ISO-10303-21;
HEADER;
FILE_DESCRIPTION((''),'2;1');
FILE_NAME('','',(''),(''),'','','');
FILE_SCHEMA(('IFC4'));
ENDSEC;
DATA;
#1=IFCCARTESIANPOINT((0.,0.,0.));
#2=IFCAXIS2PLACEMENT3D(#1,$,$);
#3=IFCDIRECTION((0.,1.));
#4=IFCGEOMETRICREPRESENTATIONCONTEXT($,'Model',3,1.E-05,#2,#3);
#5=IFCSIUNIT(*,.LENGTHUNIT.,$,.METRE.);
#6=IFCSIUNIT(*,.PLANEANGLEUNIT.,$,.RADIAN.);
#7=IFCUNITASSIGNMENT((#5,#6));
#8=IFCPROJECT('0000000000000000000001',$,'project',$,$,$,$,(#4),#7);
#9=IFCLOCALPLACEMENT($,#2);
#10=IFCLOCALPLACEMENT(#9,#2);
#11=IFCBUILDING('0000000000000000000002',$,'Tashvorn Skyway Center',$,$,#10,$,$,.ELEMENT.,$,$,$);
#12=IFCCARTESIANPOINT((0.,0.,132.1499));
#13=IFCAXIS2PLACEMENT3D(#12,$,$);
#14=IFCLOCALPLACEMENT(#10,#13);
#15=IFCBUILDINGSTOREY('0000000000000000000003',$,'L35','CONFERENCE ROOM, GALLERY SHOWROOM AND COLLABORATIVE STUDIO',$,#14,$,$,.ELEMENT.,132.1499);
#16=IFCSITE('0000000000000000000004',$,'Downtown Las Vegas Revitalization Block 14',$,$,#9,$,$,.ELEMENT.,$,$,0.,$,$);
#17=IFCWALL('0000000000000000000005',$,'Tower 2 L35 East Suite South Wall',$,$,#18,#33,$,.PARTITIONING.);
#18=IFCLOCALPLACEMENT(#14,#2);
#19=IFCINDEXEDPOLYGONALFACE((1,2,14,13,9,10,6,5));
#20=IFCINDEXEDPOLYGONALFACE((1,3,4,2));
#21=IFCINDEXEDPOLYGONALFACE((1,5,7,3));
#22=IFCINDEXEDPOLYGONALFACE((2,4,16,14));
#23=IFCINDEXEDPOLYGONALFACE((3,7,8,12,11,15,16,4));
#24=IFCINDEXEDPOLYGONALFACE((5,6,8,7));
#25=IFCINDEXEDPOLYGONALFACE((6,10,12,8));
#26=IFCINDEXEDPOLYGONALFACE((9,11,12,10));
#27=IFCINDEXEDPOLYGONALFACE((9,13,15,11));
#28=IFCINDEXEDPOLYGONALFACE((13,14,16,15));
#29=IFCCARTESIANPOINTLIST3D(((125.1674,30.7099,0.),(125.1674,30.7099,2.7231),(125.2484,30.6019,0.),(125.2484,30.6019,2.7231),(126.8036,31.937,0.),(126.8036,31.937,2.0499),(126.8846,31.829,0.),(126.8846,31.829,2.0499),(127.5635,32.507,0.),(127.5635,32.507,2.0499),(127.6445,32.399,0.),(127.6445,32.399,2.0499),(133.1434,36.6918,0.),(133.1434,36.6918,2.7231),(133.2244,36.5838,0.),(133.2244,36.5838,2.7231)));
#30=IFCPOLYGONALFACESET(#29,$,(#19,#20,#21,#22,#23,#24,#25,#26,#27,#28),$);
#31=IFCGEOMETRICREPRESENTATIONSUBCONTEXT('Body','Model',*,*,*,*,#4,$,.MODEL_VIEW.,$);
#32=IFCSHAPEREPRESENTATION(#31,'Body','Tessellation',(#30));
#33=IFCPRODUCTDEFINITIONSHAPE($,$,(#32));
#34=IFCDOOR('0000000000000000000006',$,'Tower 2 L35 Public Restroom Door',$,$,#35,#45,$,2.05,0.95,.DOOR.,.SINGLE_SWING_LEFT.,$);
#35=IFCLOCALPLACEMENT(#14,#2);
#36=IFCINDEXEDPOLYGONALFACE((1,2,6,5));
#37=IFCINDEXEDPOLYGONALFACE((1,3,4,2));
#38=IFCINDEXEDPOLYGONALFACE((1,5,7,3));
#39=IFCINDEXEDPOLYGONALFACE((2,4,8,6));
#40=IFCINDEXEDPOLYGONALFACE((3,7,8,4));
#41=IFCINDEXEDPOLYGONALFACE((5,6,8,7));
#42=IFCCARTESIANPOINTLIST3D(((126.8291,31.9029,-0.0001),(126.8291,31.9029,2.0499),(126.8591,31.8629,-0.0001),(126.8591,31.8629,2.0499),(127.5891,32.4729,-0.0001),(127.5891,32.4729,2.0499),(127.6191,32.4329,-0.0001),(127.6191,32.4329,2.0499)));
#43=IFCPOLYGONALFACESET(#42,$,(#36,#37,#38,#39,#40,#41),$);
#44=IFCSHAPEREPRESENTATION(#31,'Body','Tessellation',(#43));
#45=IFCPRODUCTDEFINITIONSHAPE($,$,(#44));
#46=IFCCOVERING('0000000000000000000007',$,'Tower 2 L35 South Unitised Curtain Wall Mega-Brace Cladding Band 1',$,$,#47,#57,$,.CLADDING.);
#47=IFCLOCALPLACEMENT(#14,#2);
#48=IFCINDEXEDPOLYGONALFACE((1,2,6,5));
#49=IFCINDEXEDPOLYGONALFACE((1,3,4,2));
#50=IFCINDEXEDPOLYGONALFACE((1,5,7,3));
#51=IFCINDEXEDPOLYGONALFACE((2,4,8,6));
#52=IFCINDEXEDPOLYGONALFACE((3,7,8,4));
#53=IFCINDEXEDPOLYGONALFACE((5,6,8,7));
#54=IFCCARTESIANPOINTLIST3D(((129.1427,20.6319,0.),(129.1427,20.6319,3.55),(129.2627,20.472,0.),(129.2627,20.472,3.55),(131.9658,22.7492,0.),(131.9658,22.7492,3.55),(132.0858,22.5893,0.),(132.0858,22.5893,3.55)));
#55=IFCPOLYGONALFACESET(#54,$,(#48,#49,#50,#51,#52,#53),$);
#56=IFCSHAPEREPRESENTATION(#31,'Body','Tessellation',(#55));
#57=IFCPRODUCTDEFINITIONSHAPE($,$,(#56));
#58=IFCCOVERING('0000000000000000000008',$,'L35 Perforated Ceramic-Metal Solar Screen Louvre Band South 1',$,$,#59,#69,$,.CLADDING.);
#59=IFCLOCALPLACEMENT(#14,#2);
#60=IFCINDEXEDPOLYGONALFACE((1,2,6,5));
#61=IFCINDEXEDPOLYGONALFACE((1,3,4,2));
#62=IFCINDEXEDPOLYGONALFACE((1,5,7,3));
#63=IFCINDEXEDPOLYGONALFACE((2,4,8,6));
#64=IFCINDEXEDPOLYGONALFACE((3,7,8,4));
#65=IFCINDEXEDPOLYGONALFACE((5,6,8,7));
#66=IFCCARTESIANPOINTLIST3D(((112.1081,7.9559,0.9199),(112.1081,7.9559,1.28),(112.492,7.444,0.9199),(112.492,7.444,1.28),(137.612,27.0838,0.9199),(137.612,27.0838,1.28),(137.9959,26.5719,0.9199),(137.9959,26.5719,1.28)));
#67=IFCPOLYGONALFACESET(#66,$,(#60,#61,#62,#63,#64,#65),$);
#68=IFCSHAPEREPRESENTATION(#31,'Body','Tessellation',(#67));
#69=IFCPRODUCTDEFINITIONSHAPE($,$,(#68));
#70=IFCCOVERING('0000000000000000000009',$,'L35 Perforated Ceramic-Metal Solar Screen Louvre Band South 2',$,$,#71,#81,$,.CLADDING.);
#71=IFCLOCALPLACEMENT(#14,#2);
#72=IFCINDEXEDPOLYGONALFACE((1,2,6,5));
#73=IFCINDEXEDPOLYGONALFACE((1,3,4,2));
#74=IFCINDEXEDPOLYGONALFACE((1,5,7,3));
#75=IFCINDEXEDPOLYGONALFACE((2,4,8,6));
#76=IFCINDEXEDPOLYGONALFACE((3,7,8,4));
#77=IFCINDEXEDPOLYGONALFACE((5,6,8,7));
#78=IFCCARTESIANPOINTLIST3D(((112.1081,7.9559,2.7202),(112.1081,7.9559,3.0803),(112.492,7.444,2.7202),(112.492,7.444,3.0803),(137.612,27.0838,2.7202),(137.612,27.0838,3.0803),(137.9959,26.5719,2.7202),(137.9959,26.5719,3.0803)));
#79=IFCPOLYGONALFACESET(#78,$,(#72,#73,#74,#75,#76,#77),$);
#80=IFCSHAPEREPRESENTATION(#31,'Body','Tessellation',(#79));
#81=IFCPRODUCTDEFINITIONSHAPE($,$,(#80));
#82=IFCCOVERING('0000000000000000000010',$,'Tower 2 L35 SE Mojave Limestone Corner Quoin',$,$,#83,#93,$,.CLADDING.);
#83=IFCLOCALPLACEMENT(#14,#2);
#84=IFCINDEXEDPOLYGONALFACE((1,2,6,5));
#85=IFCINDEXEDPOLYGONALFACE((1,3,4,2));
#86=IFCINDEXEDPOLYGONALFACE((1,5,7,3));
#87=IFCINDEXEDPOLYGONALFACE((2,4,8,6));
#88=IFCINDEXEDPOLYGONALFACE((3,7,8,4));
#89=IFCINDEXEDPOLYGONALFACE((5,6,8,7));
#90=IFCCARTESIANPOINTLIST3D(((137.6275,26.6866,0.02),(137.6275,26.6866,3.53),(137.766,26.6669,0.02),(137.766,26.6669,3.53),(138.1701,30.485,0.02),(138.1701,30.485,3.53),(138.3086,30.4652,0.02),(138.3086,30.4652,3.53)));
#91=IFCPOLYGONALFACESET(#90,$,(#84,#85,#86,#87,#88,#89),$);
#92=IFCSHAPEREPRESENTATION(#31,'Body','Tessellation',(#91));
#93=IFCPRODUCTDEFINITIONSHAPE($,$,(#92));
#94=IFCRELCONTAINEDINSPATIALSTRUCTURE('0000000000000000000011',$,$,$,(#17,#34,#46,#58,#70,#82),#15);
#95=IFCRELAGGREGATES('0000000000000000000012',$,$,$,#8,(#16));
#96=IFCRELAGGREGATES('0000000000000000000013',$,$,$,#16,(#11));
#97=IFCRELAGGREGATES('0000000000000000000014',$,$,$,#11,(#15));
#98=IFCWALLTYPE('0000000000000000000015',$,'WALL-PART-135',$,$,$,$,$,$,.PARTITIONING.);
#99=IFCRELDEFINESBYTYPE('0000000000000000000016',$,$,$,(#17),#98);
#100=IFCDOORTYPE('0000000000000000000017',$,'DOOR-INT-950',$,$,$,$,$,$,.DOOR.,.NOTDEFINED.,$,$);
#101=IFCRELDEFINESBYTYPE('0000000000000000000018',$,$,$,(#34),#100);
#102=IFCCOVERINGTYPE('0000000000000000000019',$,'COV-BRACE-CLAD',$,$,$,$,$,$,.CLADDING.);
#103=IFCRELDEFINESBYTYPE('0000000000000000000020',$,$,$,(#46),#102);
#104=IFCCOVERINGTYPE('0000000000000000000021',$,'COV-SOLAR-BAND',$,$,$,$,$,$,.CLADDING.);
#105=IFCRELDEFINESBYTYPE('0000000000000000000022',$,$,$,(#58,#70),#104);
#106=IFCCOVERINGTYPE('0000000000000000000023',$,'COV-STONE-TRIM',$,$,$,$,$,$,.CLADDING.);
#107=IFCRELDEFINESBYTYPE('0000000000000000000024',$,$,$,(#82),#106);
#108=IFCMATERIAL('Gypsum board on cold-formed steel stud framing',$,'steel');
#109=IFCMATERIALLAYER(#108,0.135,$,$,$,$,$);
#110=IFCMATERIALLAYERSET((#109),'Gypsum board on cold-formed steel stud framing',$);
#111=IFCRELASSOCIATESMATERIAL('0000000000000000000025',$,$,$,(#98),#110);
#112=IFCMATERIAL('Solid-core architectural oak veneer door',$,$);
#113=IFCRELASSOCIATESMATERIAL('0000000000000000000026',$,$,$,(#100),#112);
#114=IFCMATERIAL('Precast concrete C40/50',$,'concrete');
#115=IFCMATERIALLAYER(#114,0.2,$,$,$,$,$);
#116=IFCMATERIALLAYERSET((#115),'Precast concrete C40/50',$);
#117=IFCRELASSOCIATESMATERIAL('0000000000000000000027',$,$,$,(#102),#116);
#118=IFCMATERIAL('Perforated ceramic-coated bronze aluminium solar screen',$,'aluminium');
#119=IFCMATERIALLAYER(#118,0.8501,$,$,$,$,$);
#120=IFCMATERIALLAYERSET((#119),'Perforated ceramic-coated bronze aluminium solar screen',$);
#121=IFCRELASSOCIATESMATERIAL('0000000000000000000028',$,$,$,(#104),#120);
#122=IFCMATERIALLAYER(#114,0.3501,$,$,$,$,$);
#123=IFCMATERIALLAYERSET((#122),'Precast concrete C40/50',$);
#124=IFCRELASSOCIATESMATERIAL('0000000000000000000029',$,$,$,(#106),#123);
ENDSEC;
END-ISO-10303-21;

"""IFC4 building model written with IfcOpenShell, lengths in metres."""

from ifc_helpers import new_model, si_unit, direction, frame, frame_2d, origin, origin_2d, place, context, subcontext, project, spatial, rectangle, extrude, material, layer, layer_set, type_object, element, fill, save


model = new_model("IFC4")

# Units and contexts
model_context = context("Model", 3, precision=1e-05, world=origin(), true_north=direction((0.0, 1.0)))
body_context = subcontext(model_context, "Body", "Model", "MODEL_VIEW")
ifc_project = project(units=[si_unit("LENGTHUNIT", "METRE"), si_unit("PLANEANGLEUNIT", "RADIAN")], contexts=[model_context])

# Site, building, storey
site_placement = place(None, origin())
site = spatial("IfcSite", under=ifc_project, at=site_placement, Name="Downtown Las Vegas Revitalization Block 14", CompositionType="ELEMENT", RefElevation=0.0)
building_placement = place(site_placement, origin())
building = spatial("IfcBuilding", under=site, at=building_placement, Name="Tashvorn Skyway Center", CompositionType="ELEMENT")
storey_placement = place(building_placement, frame((0.0, 0.0, 132.1499)))
storey = spatial("IfcBuildingStorey", under=building, at=storey_placement, Name="L35", Description="CONFERENCE ROOM, GALLERY SHOWROOM AND COLLABORATIVE STUDIO", CompositionType="ELEMENT", Elevation=132.1499)

# Shared definitions
ifc_material_1 = material(Name="Precast concrete C40/50", Category="concrete")
ifc_material_2 = material(Name="Gypsum board on cold-formed steel stud framing", Category="steel")

# Shared definitions
ifc_layer_1 = layer(ifc_material_2, 0.135)
ifc_layer_set_1 = layer_set([ifc_layer_1], Name="Gypsum board on cold-formed steel stud framing")
wall_type_1 = type_object("IfcWallType", Name="WALL-PART-135", PredefinedType="PARTITIONING", material=ifc_layer_set_1)
ifc_material_3 = material(Name="Solid-core architectural oak veneer door")
door_type = type_object("IfcDoorType", Name="DOOR-INT-950", OperationType="NOTDEFINED", PredefinedType="DOOR", material=ifc_material_3)

# Wall, opening, door
wall_1_placement = place(storey_placement, frame((125.208, 30.656, 0.0), z_axis=(0.0, 0.0, 1.0), x_axis=(0.800006, 0.599992, 0.0)))
wall_1 = element("IfcWall", 1, at=wall_1_placement, inside=storey, type_object=wall_type_1, Name="Tower 2 L35 East Suite South Wall", PredefinedType="PARTITIONING", context=body_context, shape_type="SweptSolid", body=[
    extrude(rectangle(XDim=9.97, YDim=0.135, at=frame_2d((4.9849, 0.0))), origin(), (0.0, 0.0, 1.0), 2.7231),
])
opening_1_placement = place(wall_1_placement, frame((2.0449, 0.0, 0.0)))
opening_1 = element("IfcOpeningElement", 2, at=opening_1_placement, cuts=wall_1, PredefinedType="OPENING", context=body_context, shape_type="SweptSolid", body=[
    extrude(rectangle(XDim=0.95, YDim=2.05, at=frame_2d((0.4751, 1.0249))), frame((0.0, 0.0774, 0.0), z_axis=(0.0, -1.0, 0.0), x_axis=(1.0, 0.0, 0.0)), (0.0, 0.0, 1.0), 0.155),
])
door_1_placement = place(opening_1_placement, origin())
door_1 = element("IfcDoor", 3, at=door_1_placement, inside=storey, type_object=door_type, Name="Tower 2 L35 Public Restroom Door", OperationType="SINGLE_SWING_LEFT", OverallHeight=2.05, OverallWidth=0.95, PredefinedType="DOOR", context=body_context, shape_type="SweptSolid", body=[
    extrude(rectangle(XDim=0.95, YDim=2.05, at=frame_2d((0.4751, 1.0249))), frame((0.0, 0.0249, 0.0), z_axis=(0.0, -1.0, 0.0), x_axis=(1.0, 0.0, 0.0)), (0.0, 0.0, 1.0), 0.05),
])
fill(opening_1, door_1)

# Coverings
ifc_layer_2 = layer(ifc_material_1, 0.2)
ifc_layer_set_2 = layer_set([ifc_layer_2], Name="Precast concrete C40/50")
covering_type_1 = type_object("IfcCoveringType", Name="COV-BRACE-CLAD", PredefinedType="CLADDING", material=ifc_layer_set_2)
covering_1_placement = place(storey_placement, frame((130.6143, 21.6106, 0.0), z_axis=(0.0, 0.0, 1.0), x_axis=(-0.8, -0.6, 0.0)))
element("IfcCovering", 4, at=covering_1_placement, inside=storey, type_object=covering_type_1, Name="Tower 2 L35 South Unitised Curtain Wall Mega-Brace Cladding Band 1", PredefinedType="CLADDING", context=body_context, shape_type="SweptSolid", body=[
    extrude(rectangle(XDim=3.5288, YDim=0.2, at=origin_2d()), origin(), (0.0, 0.0, 1.0), 3.55),
])
ifc_material_4 = material(Name="Perforated ceramic-coated bronze aluminium solar screen", Category="aluminium")
ifc_layer_3 = layer(ifc_material_4, 0.8501)
ifc_layer_set_3 = layer_set([ifc_layer_3], Name="Perforated ceramic-coated bronze aluminium solar screen")
covering_type_2 = type_object("IfcCoveringType", Name="COV-SOLAR-BAND", PredefinedType="CLADDING", material=ifc_layer_set_3)
for number, where, z_axis, x_axis, name in (
    (5, (125.052, 17.2639, 0.9199), (0.0, 0.0, 1.0), (-0.8, -0.6, 0.0), "L35 Perforated Ceramic-Metal Solar Screen Louvre Band South 1"),
    (6, (125.052, 17.2639, 2.7202), (0.0, 0.0, 1.0), (-0.8, -0.6, 0.0), "L35 Perforated Ceramic-Metal Solar Screen Louvre Band South 2"),
):
    element("IfcCovering", number, at=place(storey_placement, frame(where, z_axis=z_axis, x_axis=x_axis)), inside=storey, type_object=covering_type_2, Name=name, PredefinedType="CLADDING", context=body_context, shape_type="SweptSolid", body=[
        extrude(rectangle(XDim=31.8799, YDim=0.6399, at=origin_2d()), origin(), (0.0, 0.0, 1.0), 0.3601),
    ])
ifc_layer_4 = layer(ifc_material_1, 0.3501)
ifc_layer_set_4 = layer_set([ifc_layer_4], Name="Precast concrete C40/50")
covering_type_3 = type_object("IfcCoveringType", Name="COV-STONE-TRIM", PredefinedType="CLADDING", material=ifc_layer_set_4)
covering_2_placement = place(storey_placement, frame((137.968, 28.5759, 0.02), z_axis=(0.0, 0.0, 1.0), x_axis=(0.141421, 0.989949, 0.0)))
element("IfcCovering", 7, at=covering_2_placement, inside=storey, type_object=covering_type_3, Name="Tower 2 L35 SE Mojave Limestone Corner Quoin", PredefinedType="CLADDING", context=body_context, shape_type="SweptSolid", body=[
    extrude(rectangle(XDim=3.8369, YDim=0.1399, at=origin_2d()), origin(), (0.0, 0.0, 1.0), 3.51),
])

save(model, "model.ifc")
